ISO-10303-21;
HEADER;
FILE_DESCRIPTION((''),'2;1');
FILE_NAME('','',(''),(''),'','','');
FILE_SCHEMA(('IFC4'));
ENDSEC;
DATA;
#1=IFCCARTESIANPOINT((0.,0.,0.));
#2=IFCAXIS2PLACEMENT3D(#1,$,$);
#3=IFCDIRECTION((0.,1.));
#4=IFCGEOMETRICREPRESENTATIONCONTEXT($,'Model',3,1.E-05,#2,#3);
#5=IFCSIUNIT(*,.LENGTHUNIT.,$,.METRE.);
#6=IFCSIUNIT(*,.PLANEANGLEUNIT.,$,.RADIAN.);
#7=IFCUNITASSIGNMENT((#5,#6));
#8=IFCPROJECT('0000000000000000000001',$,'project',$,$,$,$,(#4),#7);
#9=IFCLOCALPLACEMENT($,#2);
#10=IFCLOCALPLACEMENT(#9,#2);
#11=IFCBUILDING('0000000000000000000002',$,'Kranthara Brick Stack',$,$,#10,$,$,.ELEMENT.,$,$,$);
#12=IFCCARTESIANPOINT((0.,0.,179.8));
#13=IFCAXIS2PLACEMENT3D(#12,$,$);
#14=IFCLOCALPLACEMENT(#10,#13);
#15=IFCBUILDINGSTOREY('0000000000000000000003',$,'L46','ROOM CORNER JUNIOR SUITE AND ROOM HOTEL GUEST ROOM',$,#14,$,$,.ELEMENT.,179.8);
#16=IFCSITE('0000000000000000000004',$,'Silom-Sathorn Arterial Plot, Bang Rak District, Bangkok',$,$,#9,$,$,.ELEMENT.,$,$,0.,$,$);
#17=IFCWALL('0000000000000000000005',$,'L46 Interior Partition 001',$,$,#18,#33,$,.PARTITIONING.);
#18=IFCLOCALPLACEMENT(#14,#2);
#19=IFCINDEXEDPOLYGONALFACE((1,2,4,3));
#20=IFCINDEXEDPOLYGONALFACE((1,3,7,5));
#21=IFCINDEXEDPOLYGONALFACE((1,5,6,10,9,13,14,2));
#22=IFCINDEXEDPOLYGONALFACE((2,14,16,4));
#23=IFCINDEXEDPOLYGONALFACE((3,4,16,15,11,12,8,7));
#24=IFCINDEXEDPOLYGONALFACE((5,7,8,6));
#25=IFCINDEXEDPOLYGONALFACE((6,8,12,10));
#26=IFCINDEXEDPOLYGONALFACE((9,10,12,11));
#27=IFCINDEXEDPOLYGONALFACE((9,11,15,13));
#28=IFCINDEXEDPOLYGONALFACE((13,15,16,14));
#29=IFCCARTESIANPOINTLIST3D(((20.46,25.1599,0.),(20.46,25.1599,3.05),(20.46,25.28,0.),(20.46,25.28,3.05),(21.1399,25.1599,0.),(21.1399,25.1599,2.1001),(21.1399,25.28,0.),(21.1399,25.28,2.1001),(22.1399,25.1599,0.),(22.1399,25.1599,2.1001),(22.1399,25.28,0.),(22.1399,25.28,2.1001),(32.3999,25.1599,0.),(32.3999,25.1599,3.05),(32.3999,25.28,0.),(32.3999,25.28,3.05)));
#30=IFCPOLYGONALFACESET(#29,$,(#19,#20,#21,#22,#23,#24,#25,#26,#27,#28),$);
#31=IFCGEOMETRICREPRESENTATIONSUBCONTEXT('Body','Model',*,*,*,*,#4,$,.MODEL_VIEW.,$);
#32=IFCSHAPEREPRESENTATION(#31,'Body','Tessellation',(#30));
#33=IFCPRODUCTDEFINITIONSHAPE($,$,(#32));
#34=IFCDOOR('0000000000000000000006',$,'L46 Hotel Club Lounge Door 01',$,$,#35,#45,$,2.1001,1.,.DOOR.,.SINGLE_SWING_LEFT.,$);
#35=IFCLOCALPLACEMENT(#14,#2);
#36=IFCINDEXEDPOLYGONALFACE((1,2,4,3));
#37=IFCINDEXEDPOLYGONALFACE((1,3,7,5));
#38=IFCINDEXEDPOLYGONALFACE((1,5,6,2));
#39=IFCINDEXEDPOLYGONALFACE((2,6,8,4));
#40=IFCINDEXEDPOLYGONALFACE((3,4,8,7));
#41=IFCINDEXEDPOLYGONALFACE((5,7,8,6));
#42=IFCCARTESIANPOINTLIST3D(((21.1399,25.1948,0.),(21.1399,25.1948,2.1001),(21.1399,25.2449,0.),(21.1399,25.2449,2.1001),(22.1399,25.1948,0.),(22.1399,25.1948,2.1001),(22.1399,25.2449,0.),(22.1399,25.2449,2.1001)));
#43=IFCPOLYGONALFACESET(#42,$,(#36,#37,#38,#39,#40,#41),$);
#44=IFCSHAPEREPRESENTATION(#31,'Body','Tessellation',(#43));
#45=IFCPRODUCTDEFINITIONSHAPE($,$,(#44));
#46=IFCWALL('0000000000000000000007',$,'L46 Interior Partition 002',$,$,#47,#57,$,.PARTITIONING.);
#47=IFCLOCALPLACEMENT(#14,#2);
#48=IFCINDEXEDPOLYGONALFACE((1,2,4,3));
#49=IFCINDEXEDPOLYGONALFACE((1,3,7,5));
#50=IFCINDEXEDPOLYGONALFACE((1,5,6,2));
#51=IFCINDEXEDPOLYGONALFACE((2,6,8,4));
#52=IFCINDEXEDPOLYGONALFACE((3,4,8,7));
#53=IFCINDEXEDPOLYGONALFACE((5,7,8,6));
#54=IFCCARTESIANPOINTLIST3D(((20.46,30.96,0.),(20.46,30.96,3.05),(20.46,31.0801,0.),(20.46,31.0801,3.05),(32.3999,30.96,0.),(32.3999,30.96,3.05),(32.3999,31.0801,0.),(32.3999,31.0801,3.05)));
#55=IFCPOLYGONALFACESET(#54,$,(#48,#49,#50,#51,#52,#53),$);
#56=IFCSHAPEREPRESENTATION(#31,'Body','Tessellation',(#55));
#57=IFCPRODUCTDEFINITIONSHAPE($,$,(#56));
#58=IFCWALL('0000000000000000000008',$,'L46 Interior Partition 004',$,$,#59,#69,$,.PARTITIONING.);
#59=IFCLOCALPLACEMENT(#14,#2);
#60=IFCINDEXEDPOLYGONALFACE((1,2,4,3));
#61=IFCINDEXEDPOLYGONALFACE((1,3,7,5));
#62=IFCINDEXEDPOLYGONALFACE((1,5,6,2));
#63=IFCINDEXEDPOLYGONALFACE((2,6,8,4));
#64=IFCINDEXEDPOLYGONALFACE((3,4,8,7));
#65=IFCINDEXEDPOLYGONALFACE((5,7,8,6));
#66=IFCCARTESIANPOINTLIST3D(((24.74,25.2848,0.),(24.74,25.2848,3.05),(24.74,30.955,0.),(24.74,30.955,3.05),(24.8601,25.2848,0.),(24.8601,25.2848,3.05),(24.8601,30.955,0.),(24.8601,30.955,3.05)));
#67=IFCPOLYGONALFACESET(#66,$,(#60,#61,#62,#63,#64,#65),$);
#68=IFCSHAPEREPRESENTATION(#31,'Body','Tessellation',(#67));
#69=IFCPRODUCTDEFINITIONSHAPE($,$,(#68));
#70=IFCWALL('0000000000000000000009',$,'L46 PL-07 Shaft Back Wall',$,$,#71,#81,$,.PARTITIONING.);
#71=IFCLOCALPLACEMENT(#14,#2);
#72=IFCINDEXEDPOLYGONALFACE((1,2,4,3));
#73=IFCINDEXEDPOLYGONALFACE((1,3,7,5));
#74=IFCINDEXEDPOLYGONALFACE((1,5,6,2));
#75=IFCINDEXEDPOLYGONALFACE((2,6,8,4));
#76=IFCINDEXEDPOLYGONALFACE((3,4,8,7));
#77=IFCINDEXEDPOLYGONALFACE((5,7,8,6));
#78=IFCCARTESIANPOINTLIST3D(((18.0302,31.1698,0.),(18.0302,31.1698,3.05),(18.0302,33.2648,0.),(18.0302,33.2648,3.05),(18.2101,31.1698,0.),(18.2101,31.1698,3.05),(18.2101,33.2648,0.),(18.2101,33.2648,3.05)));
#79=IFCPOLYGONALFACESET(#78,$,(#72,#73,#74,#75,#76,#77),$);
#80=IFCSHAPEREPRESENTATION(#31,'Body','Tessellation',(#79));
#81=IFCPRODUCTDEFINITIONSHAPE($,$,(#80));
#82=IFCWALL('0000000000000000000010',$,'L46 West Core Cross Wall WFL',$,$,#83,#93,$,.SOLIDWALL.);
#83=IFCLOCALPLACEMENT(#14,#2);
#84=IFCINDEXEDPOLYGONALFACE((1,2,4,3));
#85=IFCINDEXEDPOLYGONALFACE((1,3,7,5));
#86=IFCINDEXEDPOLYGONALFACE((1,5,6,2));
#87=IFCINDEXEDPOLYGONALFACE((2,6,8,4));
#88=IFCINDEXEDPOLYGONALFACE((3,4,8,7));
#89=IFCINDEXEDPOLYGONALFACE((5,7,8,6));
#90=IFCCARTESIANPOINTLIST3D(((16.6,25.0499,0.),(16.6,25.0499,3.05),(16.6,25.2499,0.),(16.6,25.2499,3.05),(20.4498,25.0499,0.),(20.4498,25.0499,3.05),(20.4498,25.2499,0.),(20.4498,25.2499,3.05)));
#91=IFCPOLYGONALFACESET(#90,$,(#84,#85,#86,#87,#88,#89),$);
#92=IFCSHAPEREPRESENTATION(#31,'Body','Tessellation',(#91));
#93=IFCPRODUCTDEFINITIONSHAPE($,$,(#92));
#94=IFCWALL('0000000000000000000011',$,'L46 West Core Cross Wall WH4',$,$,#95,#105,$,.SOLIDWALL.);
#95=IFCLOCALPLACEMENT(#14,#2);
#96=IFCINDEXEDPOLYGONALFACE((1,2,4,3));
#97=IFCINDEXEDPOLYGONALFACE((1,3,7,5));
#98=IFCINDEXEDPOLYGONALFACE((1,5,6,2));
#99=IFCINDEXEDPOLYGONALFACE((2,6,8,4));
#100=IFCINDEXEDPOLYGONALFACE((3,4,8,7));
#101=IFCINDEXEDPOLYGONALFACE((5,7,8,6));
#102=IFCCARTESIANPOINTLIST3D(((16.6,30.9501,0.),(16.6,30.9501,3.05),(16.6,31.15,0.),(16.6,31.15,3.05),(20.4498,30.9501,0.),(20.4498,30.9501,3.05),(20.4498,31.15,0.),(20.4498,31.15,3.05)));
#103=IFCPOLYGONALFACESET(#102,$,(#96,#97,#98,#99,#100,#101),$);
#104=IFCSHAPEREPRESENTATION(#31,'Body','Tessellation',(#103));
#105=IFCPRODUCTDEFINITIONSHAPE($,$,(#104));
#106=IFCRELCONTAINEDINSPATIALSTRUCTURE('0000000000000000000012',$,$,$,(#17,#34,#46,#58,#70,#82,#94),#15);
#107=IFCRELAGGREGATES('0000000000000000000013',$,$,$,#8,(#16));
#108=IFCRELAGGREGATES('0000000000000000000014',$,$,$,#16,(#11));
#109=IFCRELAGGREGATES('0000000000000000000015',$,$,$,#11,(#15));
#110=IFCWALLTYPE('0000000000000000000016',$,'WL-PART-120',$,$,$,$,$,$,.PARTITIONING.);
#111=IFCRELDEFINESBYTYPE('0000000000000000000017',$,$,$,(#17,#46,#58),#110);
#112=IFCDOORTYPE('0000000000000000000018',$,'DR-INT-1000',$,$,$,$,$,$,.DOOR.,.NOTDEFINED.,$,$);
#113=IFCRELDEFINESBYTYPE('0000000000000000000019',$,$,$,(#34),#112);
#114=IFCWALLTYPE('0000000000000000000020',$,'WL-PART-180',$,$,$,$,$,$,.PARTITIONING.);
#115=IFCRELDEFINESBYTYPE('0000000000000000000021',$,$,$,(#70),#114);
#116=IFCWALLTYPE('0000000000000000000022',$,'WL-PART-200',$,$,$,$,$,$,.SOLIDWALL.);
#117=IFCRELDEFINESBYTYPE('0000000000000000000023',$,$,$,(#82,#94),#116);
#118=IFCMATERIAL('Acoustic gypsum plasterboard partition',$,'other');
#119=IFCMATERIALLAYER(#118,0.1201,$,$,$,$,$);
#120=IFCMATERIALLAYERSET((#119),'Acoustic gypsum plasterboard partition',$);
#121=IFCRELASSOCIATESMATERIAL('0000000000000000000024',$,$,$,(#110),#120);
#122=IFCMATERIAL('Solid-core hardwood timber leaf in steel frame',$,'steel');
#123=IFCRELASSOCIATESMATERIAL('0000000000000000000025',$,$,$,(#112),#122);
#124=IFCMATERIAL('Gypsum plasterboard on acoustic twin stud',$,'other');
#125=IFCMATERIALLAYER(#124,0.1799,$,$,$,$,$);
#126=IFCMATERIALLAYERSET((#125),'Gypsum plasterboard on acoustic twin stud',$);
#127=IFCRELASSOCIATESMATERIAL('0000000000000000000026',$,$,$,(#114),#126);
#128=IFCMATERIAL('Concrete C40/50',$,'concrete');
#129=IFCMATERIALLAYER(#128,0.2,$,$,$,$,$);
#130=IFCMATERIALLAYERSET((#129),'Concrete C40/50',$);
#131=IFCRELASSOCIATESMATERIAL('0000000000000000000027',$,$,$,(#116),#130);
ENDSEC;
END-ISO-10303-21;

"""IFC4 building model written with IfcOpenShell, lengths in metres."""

from ifc_helpers import new_model, si_unit, direction, frame, frame_2d, origin, place, context, subcontext, project, spatial, rectangle, extrude, material, layer, layer_set, type_object, element, fill, save


model = new_model("IFC4")

# Units and contexts
model_context = context("Model", 3, precision=1e-05, world=origin(), true_north=direction((0.0, 1.0)))
body_context = subcontext(model_context, "Body", "Model", "MODEL_VIEW")
ifc_project = project(units=[si_unit("LENGTHUNIT", "METRE"), si_unit("PLANEANGLEUNIT", "RADIAN")], contexts=[model_context])

# Site, building, storey
site_placement = place(None, origin())
site = spatial("IfcSite", under=ifc_project, at=site_placement, Name="Silom-Sathorn Arterial Plot, Bang Rak District, Bangkok", CompositionType="ELEMENT", RefElevation=0.0)
building_placement = place(site_placement, origin())
building = spatial("IfcBuilding", under=site, at=building_placement, Name="Kranthara Brick Stack", CompositionType="ELEMENT")
storey_placement = place(building_placement, frame((0.0, 0.0, 179.8)))
storey = spatial("IfcBuildingStorey", under=building, at=storey_placement, Name="L46", Description="ROOM CORNER JUNIOR SUITE AND ROOM HOTEL GUEST ROOM", CompositionType="ELEMENT", Elevation=179.8)

# Wall, opening, door
ifc_material_1 = material(Name="Acoustic gypsum plasterboard partition", Category="other")
ifc_layer_1 = layer(ifc_material_1, 0.1201)
ifc_layer_set_1 = layer_set([ifc_layer_1], Name="Acoustic gypsum plasterboard partition")
wall_type_1 = type_object("IfcWallType", Name="WL-PART-120", PredefinedType="PARTITIONING", material=ifc_layer_set_1)
wall_1_placement = place(storey_placement, frame((20.46, 25.22, 0.0), z_axis=(0.0, 0.0, 1.0), x_axis=(1.0, 0.0, 0.0)))
wall_1 = element("IfcWall", 1, at=wall_1_placement, inside=storey, type_object=wall_type_1, Name="L46 Interior Partition 001", PredefinedType="PARTITIONING", context=body_context, shape_type="SweptSolid", body=[
    extrude(rectangle(XDim=11.9399, YDim=0.1201, at=frame_2d((5.97, 0.0))), origin(), (0.0, 0.0, 1.0), 3.05),
])
opening_1_placement = place(wall_1_placement, frame((0.6799, 0.0, 0.0)))
opening_1 = element("IfcOpeningElement", 2, at=opening_1_placement, cuts=wall_1, PredefinedType="OPENING", context=body_context, shape_type="SweptSolid", body=[
    extrude(rectangle(XDim=1.0, YDim=2.1001, at=frame_2d((0.5, 1.05))), frame((0.0, 0.0701, 0.0), z_axis=(0.0, -1.0, 0.0), x_axis=(1.0, 0.0, 0.0)), (0.0, 0.0, 1.0), 0.1401),
])
ifc_material_2 = material(Name="Solid-core hardwood timber leaf in steel frame", Category="steel")
door_type_1 = type_object("IfcDoorType", Name="DR-INT-1000", OperationType="NOTDEFINED", PredefinedType="DOOR", material=ifc_material_2)
door_1_placement = place(opening_1_placement, origin())
door_1 = element("IfcDoor", 3, at=door_1_placement, inside=storey, type_object=door_type_1, Name="L46 Hotel Club Lounge Door 01", OperationType="SINGLE_SWING_LEFT", OverallHeight=2.1001, OverallWidth=1.0, PredefinedType="DOOR", context=body_context, shape_type="SweptSolid", body=[
    extrude(rectangle(XDim=1.0, YDim=2.1001, at=frame_2d((0.5, 1.05))), frame((0.0, 0.0249, 0.0), z_axis=(0.0, -1.0, 0.0), x_axis=(1.0, 0.0, 0.0)), (0.0, 0.0, 1.0), 0.05),
])
fill(opening_1, door_1)

# Walls
wall_2_placement = place(storey_placement, frame((20.46, 31.02, 0.0), z_axis=(0.0, 0.0, 1.0), x_axis=(1.0, 0.0, 0.0)))
element("IfcWall", 4, at=wall_2_placement, inside=storey, type_object=wall_type_1, Name="L46 Interior Partition 002", PredefinedType="PARTITIONING", context=body_context, shape_type="SweptSolid", body=[
    extrude(rectangle(XDim=11.9399, YDim=0.1201, at=frame_2d((5.97, 0.0))), origin(), (0.0, 0.0, 1.0), 3.05),
])
wall_3_placement = place(storey_placement, frame((24.8, 25.2849, 0.0), z_axis=(0.0, 0.0, 1.0), x_axis=(0.0, 1.0, 0.0)))
element("IfcWall", 5, at=wall_3_placement, inside=storey, type_object=wall_type_1, Name="L46 Interior Partition 004", PredefinedType="PARTITIONING", context=body_context, shape_type="SweptSolid", body=[
    extrude(rectangle(XDim=5.6702, YDim=0.1201, at=frame_2d((2.835, 0.0))), origin(), (0.0, 0.0, 1.0), 3.05),
])
ifc_material_3 = material(Name="Gypsum plasterboard on acoustic twin stud", Category="other")
ifc_layer_2 = layer(ifc_material_3, 0.1799)
ifc_layer_set_2 = layer_set([ifc_layer_2], Name="Gypsum plasterboard on acoustic twin stud")
wall_type_2 = type_object("IfcWallType", Name="WL-PART-180", PredefinedType="PARTITIONING", material=ifc_layer_set_2)
wall_4_placement = place(storey_placement, frame((18.1201, 31.1699, 0.0), z_axis=(0.0, 0.0, 1.0), x_axis=(0.0, 1.0, 0.0)))
element("IfcWall", 6, at=wall_4_placement, inside=storey, type_object=wall_type_2, Name="L46 PL-07 Shaft Back Wall", PredefinedType="PARTITIONING", context=body_context, shape_type="SweptSolid", body=[
    extrude(rectangle(XDim=2.095, YDim=0.1799, at=frame_2d((1.0474, 0.0))), origin(), (0.0, 0.0, 1.0), 3.05),
])
ifc_material_4 = material(Name="Concrete C40/50", Category="concrete")
ifc_layer_3 = layer(ifc_material_4, 0.2)
ifc_layer_set_3 = layer_set([ifc_layer_3], Name="Concrete C40/50")
wall_type_3 = type_object("IfcWallType", Name="WL-PART-200", PredefinedType="SOLIDWALL", material=ifc_layer_set_3)
for number, where, z_axis, x_axis, name in (
    (7, (16.6001, 25.1499, 0.0), (0.0, 0.0, 1.0), (1.0, 0.0, 0.0), "L46 West Core Cross Wall WFL"),
    (8, (16.6001, 31.05, 0.0), (0.0, 0.0, 1.0), (1.0, 0.0, 0.0), "L46 West Core Cross Wall WH4"),
):
    element("IfcWall", number, at=place(storey_placement, frame(where, z_axis=z_axis, x_axis=x_axis)), inside=storey, type_object=wall_type_3, Name=name, PredefinedType="SOLIDWALL", context=body_context, shape_type="SweptSolid", body=[
        extrude(rectangle(XDim=3.8499, YDim=0.2, at=frame_2d((1.9248, 0.0))), origin(), (0.0, 0.0, 1.0), 3.05),
    ])

save(model, "model.ifc")
